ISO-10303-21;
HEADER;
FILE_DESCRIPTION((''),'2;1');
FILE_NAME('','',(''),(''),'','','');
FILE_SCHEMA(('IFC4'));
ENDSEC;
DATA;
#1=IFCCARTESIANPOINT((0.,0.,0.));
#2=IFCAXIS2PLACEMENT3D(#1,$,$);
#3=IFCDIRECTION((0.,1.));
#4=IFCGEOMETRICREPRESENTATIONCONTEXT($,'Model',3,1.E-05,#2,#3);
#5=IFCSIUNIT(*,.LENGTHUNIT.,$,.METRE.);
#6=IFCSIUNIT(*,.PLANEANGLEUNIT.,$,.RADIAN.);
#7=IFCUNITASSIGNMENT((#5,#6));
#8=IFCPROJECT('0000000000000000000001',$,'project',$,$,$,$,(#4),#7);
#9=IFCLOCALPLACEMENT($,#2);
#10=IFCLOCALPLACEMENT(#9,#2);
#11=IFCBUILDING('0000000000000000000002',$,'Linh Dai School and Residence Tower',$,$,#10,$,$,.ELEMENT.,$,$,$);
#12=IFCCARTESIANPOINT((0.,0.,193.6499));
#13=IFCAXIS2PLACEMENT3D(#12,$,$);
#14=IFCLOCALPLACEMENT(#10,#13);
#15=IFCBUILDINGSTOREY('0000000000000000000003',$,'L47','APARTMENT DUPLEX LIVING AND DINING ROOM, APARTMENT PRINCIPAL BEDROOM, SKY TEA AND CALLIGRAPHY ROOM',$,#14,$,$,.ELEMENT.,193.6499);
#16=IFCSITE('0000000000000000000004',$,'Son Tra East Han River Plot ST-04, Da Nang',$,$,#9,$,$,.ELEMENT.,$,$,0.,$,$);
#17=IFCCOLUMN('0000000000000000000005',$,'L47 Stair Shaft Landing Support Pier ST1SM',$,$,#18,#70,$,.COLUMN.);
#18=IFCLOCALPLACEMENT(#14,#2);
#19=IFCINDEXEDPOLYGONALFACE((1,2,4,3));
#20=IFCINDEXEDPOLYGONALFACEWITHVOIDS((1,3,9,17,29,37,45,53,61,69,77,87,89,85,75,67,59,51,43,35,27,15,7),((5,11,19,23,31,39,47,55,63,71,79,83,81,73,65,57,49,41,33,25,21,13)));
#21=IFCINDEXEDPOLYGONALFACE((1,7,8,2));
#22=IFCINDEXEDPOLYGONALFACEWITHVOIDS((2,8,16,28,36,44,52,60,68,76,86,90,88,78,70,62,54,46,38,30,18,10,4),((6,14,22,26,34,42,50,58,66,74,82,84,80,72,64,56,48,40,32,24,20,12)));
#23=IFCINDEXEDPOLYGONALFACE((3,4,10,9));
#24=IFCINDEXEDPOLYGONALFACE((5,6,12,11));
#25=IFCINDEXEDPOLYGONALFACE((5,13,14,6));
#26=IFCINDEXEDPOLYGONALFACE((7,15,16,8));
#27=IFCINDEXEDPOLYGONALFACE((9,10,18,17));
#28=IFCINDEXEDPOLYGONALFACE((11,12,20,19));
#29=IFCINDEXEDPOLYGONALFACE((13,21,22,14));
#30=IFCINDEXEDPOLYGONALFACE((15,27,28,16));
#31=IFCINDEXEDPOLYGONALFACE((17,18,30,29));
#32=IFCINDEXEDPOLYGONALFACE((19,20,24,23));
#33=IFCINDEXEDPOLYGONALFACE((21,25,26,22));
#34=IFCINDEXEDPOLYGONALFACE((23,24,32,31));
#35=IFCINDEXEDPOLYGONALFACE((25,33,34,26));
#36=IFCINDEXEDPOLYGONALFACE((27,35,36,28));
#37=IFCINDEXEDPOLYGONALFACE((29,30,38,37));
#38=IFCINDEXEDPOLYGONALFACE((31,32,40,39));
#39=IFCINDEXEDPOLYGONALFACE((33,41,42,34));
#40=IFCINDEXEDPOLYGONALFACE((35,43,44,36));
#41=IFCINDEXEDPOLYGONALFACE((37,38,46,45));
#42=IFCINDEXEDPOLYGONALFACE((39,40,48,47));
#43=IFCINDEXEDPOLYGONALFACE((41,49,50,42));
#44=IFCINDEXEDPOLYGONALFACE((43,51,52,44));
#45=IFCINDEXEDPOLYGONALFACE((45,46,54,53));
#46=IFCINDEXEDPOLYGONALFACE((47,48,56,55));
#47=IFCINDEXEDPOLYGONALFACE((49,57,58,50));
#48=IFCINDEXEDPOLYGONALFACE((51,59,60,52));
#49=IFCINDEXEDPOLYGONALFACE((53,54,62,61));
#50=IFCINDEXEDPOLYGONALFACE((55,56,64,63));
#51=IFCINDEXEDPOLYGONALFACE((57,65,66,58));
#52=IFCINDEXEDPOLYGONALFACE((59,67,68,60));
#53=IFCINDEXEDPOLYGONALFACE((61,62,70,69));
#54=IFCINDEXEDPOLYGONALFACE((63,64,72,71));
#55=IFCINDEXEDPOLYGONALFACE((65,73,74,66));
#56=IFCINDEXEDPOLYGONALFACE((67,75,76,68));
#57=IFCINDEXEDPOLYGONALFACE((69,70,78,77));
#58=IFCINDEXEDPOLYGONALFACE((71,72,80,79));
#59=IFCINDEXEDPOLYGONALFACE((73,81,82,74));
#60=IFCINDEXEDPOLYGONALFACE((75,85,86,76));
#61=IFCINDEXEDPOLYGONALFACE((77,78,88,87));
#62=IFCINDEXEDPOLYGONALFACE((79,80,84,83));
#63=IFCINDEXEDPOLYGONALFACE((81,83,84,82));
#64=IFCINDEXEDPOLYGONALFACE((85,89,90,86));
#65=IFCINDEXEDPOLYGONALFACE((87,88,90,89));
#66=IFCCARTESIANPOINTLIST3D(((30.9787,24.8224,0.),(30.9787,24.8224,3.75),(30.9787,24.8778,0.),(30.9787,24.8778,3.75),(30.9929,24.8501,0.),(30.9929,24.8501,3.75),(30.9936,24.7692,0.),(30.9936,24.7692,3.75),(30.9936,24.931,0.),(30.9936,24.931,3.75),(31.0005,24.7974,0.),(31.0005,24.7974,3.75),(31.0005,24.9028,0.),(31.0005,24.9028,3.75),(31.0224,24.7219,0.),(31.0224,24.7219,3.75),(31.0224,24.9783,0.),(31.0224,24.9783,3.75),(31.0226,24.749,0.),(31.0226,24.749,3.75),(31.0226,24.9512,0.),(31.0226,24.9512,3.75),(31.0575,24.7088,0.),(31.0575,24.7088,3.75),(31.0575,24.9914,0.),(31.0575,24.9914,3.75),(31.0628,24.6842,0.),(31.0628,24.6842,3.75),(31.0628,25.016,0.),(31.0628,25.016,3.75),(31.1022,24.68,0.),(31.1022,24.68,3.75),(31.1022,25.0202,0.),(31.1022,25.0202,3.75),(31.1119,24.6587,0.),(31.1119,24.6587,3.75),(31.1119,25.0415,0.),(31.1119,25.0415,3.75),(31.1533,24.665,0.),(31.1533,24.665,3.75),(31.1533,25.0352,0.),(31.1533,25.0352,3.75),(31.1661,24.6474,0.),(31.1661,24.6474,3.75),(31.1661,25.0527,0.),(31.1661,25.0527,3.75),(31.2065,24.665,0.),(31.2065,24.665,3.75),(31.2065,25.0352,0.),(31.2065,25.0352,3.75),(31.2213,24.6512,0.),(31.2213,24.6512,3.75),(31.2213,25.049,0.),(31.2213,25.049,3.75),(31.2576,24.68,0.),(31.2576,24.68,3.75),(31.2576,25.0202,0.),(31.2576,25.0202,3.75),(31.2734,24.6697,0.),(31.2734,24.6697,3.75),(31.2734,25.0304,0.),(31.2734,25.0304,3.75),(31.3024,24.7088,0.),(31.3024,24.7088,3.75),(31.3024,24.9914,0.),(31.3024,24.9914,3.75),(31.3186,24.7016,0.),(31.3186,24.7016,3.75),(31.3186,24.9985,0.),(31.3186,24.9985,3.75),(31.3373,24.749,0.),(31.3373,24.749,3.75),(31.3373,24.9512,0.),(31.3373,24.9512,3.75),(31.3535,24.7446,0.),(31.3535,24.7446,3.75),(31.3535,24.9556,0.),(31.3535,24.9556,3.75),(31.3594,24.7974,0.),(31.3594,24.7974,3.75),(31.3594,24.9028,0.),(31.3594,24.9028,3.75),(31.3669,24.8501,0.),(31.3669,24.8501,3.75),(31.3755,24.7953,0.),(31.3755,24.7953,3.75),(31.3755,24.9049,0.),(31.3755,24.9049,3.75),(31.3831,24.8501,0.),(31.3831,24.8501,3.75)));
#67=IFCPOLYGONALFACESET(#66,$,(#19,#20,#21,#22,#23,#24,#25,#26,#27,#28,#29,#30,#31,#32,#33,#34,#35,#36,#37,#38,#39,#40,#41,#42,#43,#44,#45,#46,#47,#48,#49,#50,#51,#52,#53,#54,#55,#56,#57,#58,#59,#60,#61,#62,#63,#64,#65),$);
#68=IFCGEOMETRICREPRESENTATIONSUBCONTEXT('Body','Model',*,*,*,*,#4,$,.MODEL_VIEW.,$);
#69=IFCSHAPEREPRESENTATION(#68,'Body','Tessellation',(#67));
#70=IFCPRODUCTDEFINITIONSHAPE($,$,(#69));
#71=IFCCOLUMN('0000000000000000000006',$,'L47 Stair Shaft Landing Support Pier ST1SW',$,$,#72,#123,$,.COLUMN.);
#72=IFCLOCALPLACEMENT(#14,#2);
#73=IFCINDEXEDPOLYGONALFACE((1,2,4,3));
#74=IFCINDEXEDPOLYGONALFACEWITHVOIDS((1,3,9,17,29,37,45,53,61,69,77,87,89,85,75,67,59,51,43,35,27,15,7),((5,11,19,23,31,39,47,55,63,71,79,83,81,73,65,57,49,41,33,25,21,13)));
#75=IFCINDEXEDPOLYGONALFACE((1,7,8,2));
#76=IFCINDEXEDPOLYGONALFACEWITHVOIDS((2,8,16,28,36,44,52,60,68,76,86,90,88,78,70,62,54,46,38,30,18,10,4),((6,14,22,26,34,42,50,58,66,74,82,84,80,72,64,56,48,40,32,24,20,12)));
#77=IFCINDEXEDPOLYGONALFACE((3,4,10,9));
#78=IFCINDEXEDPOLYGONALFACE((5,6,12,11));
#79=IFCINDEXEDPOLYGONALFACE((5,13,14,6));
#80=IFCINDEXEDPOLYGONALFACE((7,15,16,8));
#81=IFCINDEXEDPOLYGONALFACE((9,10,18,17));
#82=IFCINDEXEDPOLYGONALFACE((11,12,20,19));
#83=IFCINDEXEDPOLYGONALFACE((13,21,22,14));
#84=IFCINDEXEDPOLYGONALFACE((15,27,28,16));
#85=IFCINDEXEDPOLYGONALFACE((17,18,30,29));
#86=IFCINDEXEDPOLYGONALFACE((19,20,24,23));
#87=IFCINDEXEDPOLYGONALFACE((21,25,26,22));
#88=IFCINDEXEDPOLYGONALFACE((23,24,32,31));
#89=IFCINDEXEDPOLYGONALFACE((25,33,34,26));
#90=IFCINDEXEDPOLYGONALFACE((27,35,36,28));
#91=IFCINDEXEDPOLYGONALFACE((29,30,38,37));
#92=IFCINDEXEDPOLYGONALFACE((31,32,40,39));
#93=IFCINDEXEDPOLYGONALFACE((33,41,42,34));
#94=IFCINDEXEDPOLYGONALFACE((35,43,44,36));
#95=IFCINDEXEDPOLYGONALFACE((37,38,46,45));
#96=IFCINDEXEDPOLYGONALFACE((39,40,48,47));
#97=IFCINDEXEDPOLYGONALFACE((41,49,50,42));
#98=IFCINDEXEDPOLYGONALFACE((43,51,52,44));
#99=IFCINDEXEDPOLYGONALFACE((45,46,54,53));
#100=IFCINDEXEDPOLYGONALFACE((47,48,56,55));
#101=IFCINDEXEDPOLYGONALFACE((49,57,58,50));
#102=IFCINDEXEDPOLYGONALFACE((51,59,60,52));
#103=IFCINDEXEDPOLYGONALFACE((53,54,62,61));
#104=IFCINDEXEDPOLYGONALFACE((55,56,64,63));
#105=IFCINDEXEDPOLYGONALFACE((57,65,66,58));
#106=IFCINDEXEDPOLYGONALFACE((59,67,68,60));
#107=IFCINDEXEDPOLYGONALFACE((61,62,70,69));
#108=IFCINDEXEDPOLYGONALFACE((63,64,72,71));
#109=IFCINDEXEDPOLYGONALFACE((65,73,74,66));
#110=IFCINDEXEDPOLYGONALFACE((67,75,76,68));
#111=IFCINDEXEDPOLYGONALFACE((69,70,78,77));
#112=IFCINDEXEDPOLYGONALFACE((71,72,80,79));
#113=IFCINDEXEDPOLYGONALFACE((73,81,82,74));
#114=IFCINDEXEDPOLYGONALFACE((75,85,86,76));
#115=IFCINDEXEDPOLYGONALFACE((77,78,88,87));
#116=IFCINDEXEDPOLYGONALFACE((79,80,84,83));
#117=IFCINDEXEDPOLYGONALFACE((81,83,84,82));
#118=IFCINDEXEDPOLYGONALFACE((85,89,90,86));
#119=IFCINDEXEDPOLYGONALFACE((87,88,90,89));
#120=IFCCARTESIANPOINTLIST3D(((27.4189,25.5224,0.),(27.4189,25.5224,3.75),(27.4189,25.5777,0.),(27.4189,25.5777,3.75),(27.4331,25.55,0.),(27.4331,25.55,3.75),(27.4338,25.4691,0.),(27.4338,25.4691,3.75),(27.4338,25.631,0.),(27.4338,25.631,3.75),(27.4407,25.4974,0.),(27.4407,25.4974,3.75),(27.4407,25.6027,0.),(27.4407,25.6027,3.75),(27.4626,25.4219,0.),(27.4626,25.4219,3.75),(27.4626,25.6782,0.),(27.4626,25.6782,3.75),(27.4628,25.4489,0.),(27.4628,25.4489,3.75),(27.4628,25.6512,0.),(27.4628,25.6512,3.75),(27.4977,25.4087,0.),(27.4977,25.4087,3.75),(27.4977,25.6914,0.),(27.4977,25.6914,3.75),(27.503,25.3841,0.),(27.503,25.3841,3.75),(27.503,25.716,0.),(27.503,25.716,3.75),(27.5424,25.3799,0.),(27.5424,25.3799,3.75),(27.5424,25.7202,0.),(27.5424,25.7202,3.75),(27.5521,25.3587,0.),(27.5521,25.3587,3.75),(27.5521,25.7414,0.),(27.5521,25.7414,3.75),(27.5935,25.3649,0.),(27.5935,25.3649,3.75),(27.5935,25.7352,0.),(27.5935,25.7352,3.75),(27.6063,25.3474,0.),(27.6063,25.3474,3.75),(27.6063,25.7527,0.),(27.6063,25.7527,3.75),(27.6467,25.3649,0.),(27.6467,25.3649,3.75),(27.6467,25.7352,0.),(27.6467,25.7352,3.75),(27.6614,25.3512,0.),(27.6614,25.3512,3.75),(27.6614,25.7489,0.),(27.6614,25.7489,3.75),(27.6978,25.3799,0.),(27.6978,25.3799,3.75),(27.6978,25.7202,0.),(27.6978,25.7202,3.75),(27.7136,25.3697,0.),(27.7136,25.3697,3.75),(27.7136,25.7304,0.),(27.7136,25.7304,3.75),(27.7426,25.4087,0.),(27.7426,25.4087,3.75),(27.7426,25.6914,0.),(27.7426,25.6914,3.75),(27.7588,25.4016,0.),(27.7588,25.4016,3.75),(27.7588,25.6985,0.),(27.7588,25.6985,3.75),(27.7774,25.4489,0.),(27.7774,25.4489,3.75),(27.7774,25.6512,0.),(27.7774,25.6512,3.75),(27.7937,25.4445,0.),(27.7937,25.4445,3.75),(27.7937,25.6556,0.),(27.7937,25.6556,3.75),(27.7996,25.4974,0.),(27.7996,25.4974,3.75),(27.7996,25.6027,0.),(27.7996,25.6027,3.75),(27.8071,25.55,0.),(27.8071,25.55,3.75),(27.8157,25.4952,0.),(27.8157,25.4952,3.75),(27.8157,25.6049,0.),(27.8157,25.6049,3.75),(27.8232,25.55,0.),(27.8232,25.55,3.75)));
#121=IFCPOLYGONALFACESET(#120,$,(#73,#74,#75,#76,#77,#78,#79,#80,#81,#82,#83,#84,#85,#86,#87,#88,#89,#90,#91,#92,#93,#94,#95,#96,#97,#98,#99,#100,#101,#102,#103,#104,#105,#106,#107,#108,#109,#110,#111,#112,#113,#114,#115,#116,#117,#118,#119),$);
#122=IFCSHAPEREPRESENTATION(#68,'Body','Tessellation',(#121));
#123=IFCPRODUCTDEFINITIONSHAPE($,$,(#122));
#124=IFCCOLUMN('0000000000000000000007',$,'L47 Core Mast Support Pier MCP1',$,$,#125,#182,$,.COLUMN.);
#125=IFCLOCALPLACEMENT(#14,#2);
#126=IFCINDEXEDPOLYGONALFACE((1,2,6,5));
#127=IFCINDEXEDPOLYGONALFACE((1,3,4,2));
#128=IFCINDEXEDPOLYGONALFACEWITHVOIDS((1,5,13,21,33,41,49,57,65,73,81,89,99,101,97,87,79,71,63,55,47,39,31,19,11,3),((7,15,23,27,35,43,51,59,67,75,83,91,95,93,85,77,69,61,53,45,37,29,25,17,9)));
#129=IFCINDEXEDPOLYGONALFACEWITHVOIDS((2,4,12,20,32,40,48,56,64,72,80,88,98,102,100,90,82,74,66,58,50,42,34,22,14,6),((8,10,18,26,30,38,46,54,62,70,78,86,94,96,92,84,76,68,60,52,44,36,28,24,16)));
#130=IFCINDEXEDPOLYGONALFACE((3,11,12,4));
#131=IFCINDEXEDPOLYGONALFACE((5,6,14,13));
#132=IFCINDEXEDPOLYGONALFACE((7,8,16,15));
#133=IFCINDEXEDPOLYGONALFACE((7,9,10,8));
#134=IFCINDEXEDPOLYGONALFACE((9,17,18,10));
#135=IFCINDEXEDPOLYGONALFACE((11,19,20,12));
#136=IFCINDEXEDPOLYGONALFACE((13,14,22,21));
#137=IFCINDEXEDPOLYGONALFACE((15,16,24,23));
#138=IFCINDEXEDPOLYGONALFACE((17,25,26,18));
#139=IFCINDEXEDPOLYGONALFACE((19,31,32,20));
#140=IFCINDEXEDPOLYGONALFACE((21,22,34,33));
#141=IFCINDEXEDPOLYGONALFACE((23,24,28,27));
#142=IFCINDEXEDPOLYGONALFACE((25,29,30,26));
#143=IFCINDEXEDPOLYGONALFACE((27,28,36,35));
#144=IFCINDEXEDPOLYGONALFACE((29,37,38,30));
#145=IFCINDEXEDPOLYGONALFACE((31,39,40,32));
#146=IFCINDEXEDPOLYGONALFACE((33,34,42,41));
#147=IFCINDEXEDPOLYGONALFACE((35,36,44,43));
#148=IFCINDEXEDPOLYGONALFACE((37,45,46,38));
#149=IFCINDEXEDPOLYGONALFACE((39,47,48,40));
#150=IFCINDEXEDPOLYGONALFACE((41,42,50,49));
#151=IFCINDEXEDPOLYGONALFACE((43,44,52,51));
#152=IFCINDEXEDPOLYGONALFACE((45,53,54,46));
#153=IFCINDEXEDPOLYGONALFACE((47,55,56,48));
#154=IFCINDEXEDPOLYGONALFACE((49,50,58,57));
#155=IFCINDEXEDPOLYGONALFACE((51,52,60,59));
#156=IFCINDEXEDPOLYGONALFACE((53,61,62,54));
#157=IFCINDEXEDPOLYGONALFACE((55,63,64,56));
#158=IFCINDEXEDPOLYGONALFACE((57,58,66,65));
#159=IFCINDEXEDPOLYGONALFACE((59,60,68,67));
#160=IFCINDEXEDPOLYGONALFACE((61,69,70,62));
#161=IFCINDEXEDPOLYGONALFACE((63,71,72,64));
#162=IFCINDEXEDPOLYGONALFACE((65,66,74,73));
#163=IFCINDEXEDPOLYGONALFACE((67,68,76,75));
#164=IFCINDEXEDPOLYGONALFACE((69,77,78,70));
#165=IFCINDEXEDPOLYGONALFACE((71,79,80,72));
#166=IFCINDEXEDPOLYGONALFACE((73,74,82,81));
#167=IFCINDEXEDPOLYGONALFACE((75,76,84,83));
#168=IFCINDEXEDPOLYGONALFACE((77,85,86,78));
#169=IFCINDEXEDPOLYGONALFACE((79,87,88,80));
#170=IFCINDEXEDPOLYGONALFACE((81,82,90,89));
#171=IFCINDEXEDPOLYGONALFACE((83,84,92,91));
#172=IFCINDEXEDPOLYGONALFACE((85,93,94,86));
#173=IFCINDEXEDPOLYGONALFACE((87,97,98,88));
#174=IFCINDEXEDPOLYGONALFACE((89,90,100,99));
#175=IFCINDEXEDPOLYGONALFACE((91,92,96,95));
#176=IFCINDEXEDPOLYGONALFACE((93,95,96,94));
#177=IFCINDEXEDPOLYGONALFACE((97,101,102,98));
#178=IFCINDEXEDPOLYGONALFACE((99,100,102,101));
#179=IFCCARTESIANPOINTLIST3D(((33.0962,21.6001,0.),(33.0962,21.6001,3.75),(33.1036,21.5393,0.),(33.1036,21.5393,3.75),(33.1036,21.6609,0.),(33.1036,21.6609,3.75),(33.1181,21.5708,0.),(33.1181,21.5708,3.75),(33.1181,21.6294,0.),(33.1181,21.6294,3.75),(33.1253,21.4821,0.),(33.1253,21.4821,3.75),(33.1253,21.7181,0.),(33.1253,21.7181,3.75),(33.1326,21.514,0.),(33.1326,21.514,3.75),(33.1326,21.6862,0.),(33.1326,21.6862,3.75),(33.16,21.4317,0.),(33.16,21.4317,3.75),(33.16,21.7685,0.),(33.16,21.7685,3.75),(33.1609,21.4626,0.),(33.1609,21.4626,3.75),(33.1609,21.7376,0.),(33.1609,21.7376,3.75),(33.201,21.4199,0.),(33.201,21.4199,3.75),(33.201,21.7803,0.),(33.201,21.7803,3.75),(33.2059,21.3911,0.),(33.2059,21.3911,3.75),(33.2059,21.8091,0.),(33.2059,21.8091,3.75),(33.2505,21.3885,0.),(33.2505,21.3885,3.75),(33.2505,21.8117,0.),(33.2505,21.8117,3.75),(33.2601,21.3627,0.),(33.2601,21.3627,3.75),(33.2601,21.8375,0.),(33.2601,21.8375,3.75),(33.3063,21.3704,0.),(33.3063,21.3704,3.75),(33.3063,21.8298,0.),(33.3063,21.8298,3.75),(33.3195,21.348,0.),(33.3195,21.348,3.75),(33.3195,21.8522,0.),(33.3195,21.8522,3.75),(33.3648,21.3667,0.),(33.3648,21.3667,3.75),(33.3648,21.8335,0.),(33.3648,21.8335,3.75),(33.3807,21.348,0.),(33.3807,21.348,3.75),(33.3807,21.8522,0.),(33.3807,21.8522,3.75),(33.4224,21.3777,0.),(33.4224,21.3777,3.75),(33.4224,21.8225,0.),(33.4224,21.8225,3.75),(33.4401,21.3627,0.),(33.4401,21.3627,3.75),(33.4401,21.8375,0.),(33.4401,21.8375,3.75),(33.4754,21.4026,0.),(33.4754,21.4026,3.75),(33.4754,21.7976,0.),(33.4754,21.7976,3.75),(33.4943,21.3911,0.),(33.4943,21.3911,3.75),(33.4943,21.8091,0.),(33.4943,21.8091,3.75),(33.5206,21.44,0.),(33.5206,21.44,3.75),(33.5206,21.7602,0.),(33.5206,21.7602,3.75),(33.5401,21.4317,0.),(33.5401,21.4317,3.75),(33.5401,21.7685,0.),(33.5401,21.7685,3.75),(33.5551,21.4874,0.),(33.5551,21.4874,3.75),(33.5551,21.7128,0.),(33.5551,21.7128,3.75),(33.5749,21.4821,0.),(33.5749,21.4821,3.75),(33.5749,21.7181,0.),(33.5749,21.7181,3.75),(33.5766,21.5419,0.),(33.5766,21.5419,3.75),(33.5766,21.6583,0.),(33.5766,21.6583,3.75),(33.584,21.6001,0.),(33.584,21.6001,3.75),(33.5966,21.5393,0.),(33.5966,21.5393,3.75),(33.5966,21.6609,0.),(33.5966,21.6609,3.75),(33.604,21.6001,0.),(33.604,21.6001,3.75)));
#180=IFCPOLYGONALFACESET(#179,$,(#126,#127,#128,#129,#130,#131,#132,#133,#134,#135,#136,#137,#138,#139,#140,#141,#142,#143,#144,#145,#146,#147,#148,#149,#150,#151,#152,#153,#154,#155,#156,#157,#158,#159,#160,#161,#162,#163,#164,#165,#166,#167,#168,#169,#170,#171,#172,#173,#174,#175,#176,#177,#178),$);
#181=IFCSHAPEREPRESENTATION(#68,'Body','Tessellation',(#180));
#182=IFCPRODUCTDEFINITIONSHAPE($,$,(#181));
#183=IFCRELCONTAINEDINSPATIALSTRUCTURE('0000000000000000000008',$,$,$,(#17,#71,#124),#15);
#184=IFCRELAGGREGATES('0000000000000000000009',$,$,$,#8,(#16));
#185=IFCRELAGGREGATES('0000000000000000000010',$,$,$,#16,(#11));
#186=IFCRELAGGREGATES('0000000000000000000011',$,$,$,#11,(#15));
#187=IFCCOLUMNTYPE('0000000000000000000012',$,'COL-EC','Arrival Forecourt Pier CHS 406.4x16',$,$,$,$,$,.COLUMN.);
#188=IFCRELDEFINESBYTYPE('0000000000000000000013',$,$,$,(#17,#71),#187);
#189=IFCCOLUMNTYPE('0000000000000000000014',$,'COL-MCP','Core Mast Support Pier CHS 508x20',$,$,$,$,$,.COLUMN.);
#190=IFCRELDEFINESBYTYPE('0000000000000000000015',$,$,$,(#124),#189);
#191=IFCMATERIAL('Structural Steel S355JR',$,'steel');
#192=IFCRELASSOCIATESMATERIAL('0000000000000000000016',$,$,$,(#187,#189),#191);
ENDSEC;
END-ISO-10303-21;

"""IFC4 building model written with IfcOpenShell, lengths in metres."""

from ifc_helpers import new_model, si_unit, direction, frame, origin, origin_2d, place, context, subcontext, project, spatial, hollow_circle, extrude, material, material_profile, profile_set, type_object, element, save


model = new_model("IFC4")

# Units and contexts
model_context = context("Model", 3, precision=1e-05, world=origin(), true_north=direction((0.0, 1.0)))
body_context = subcontext(model_context, "Body", "Model", "MODEL_VIEW")
ifc_project = project(units=[si_unit("LENGTHUNIT", "METRE"), si_unit("PLANEANGLEUNIT", "RADIAN")], contexts=[model_context])

# Site, building, storey
site_placement = place(None, origin())
site = spatial("IfcSite", under=ifc_project, at=site_placement, Name="Son Tra East Han River Plot ST-04, Da Nang", CompositionType="ELEMENT", RefElevation=0.0)
building_placement = place(site_placement, origin())
building = spatial("IfcBuilding", under=site, at=building_placement, Name="Linh Dai School and Residence Tower", CompositionType="ELEMENT")
storey_placement = place(building_placement, frame((0.0, 0.0, 193.6499)))
storey = spatial("IfcBuildingStorey", under=building, at=storey_placement, Name="L47", Description="APARTMENT DUPLEX LIVING AND DINING ROOM, APARTMENT PRINCIPAL BEDROOM, SKY TEA AND CALLIGRAPHY ROOM", CompositionType="ELEMENT", Elevation=193.6499)

# Columns
ifc_material_1 = material(Name="Structural Steel S355JR", Category="steel")
ifc_material_profile_1 = material_profile(ifc_material_1, hollow_circle(Radius=0.2031, WallThickness=0.0161, at=origin_2d()), Name="CHS 406.4x16")
ifc_profile_set_1 = profile_set([ifc_material_profile_1], Name="Structural Steel S355JR")
column_type_1 = type_object("IfcColumnType", Name="COL-EC", Description="Arrival Forecourt Pier CHS 406.4x16", PredefinedType="COLUMN", material=ifc_profile_set_1)
for number, where, z_axis, x_axis, name in (
    (1, (31.1799, 24.8501, 0.0), (0.0, 0.0, 1.0), (1.0, 0.0, 0.0), "L47 Stair Shaft Landing Support Pier ST1SM"),
    (2, (27.6201, 25.55, 0.0), (0.0, 0.0, 1.0), (1.0, 0.0, 0.0), "L47 Stair Shaft Landing Support Pier ST1SW"),
):
    element("IfcColumn", number, at=place(storey_placement, frame(where, z_axis=z_axis, x_axis=x_axis)), inside=storey, type_object=column_type_1, Name=name, PredefinedType="COLUMN", context=body_context, shape_type="SweptSolid", body=[
        extrude(hollow_circle(Radius=0.2031, WallThickness=0.0161, at=origin_2d()), origin(), (0.0, 0.0, 1.0), 3.75),
    ])
ifc_material_profile_2 = material_profile(ifc_material_1, hollow_circle(Radius=0.2539, WallThickness=0.02, at=origin_2d()), Name="CHS 508x20")
ifc_profile_set_2 = profile_set([ifc_material_profile_2], Name="Structural Steel S355JR")
column_type_2 = type_object("IfcColumnType", Name="COL-MCP", Description="Core Mast Support Pier CHS 508x20", PredefinedType="COLUMN", material=ifc_profile_set_2)
column_placement = place(storey_placement, frame((33.3501, 21.6001, 0.0), z_axis=(0.0, 0.0, 1.0), x_axis=(1.0, 0.0, 0.0)))
element("IfcColumn", 3, at=column_placement, inside=storey, type_object=column_type_2, Name="L47 Core Mast Support Pier MCP1", PredefinedType="COLUMN", context=body_context, shape_type="SweptSolid", body=[
    extrude(hollow_circle(Radius=0.2539, WallThickness=0.02, at=origin_2d()), origin(), (0.0, 0.0, 1.0), 3.75),
])

save(model, "model.ifc")
